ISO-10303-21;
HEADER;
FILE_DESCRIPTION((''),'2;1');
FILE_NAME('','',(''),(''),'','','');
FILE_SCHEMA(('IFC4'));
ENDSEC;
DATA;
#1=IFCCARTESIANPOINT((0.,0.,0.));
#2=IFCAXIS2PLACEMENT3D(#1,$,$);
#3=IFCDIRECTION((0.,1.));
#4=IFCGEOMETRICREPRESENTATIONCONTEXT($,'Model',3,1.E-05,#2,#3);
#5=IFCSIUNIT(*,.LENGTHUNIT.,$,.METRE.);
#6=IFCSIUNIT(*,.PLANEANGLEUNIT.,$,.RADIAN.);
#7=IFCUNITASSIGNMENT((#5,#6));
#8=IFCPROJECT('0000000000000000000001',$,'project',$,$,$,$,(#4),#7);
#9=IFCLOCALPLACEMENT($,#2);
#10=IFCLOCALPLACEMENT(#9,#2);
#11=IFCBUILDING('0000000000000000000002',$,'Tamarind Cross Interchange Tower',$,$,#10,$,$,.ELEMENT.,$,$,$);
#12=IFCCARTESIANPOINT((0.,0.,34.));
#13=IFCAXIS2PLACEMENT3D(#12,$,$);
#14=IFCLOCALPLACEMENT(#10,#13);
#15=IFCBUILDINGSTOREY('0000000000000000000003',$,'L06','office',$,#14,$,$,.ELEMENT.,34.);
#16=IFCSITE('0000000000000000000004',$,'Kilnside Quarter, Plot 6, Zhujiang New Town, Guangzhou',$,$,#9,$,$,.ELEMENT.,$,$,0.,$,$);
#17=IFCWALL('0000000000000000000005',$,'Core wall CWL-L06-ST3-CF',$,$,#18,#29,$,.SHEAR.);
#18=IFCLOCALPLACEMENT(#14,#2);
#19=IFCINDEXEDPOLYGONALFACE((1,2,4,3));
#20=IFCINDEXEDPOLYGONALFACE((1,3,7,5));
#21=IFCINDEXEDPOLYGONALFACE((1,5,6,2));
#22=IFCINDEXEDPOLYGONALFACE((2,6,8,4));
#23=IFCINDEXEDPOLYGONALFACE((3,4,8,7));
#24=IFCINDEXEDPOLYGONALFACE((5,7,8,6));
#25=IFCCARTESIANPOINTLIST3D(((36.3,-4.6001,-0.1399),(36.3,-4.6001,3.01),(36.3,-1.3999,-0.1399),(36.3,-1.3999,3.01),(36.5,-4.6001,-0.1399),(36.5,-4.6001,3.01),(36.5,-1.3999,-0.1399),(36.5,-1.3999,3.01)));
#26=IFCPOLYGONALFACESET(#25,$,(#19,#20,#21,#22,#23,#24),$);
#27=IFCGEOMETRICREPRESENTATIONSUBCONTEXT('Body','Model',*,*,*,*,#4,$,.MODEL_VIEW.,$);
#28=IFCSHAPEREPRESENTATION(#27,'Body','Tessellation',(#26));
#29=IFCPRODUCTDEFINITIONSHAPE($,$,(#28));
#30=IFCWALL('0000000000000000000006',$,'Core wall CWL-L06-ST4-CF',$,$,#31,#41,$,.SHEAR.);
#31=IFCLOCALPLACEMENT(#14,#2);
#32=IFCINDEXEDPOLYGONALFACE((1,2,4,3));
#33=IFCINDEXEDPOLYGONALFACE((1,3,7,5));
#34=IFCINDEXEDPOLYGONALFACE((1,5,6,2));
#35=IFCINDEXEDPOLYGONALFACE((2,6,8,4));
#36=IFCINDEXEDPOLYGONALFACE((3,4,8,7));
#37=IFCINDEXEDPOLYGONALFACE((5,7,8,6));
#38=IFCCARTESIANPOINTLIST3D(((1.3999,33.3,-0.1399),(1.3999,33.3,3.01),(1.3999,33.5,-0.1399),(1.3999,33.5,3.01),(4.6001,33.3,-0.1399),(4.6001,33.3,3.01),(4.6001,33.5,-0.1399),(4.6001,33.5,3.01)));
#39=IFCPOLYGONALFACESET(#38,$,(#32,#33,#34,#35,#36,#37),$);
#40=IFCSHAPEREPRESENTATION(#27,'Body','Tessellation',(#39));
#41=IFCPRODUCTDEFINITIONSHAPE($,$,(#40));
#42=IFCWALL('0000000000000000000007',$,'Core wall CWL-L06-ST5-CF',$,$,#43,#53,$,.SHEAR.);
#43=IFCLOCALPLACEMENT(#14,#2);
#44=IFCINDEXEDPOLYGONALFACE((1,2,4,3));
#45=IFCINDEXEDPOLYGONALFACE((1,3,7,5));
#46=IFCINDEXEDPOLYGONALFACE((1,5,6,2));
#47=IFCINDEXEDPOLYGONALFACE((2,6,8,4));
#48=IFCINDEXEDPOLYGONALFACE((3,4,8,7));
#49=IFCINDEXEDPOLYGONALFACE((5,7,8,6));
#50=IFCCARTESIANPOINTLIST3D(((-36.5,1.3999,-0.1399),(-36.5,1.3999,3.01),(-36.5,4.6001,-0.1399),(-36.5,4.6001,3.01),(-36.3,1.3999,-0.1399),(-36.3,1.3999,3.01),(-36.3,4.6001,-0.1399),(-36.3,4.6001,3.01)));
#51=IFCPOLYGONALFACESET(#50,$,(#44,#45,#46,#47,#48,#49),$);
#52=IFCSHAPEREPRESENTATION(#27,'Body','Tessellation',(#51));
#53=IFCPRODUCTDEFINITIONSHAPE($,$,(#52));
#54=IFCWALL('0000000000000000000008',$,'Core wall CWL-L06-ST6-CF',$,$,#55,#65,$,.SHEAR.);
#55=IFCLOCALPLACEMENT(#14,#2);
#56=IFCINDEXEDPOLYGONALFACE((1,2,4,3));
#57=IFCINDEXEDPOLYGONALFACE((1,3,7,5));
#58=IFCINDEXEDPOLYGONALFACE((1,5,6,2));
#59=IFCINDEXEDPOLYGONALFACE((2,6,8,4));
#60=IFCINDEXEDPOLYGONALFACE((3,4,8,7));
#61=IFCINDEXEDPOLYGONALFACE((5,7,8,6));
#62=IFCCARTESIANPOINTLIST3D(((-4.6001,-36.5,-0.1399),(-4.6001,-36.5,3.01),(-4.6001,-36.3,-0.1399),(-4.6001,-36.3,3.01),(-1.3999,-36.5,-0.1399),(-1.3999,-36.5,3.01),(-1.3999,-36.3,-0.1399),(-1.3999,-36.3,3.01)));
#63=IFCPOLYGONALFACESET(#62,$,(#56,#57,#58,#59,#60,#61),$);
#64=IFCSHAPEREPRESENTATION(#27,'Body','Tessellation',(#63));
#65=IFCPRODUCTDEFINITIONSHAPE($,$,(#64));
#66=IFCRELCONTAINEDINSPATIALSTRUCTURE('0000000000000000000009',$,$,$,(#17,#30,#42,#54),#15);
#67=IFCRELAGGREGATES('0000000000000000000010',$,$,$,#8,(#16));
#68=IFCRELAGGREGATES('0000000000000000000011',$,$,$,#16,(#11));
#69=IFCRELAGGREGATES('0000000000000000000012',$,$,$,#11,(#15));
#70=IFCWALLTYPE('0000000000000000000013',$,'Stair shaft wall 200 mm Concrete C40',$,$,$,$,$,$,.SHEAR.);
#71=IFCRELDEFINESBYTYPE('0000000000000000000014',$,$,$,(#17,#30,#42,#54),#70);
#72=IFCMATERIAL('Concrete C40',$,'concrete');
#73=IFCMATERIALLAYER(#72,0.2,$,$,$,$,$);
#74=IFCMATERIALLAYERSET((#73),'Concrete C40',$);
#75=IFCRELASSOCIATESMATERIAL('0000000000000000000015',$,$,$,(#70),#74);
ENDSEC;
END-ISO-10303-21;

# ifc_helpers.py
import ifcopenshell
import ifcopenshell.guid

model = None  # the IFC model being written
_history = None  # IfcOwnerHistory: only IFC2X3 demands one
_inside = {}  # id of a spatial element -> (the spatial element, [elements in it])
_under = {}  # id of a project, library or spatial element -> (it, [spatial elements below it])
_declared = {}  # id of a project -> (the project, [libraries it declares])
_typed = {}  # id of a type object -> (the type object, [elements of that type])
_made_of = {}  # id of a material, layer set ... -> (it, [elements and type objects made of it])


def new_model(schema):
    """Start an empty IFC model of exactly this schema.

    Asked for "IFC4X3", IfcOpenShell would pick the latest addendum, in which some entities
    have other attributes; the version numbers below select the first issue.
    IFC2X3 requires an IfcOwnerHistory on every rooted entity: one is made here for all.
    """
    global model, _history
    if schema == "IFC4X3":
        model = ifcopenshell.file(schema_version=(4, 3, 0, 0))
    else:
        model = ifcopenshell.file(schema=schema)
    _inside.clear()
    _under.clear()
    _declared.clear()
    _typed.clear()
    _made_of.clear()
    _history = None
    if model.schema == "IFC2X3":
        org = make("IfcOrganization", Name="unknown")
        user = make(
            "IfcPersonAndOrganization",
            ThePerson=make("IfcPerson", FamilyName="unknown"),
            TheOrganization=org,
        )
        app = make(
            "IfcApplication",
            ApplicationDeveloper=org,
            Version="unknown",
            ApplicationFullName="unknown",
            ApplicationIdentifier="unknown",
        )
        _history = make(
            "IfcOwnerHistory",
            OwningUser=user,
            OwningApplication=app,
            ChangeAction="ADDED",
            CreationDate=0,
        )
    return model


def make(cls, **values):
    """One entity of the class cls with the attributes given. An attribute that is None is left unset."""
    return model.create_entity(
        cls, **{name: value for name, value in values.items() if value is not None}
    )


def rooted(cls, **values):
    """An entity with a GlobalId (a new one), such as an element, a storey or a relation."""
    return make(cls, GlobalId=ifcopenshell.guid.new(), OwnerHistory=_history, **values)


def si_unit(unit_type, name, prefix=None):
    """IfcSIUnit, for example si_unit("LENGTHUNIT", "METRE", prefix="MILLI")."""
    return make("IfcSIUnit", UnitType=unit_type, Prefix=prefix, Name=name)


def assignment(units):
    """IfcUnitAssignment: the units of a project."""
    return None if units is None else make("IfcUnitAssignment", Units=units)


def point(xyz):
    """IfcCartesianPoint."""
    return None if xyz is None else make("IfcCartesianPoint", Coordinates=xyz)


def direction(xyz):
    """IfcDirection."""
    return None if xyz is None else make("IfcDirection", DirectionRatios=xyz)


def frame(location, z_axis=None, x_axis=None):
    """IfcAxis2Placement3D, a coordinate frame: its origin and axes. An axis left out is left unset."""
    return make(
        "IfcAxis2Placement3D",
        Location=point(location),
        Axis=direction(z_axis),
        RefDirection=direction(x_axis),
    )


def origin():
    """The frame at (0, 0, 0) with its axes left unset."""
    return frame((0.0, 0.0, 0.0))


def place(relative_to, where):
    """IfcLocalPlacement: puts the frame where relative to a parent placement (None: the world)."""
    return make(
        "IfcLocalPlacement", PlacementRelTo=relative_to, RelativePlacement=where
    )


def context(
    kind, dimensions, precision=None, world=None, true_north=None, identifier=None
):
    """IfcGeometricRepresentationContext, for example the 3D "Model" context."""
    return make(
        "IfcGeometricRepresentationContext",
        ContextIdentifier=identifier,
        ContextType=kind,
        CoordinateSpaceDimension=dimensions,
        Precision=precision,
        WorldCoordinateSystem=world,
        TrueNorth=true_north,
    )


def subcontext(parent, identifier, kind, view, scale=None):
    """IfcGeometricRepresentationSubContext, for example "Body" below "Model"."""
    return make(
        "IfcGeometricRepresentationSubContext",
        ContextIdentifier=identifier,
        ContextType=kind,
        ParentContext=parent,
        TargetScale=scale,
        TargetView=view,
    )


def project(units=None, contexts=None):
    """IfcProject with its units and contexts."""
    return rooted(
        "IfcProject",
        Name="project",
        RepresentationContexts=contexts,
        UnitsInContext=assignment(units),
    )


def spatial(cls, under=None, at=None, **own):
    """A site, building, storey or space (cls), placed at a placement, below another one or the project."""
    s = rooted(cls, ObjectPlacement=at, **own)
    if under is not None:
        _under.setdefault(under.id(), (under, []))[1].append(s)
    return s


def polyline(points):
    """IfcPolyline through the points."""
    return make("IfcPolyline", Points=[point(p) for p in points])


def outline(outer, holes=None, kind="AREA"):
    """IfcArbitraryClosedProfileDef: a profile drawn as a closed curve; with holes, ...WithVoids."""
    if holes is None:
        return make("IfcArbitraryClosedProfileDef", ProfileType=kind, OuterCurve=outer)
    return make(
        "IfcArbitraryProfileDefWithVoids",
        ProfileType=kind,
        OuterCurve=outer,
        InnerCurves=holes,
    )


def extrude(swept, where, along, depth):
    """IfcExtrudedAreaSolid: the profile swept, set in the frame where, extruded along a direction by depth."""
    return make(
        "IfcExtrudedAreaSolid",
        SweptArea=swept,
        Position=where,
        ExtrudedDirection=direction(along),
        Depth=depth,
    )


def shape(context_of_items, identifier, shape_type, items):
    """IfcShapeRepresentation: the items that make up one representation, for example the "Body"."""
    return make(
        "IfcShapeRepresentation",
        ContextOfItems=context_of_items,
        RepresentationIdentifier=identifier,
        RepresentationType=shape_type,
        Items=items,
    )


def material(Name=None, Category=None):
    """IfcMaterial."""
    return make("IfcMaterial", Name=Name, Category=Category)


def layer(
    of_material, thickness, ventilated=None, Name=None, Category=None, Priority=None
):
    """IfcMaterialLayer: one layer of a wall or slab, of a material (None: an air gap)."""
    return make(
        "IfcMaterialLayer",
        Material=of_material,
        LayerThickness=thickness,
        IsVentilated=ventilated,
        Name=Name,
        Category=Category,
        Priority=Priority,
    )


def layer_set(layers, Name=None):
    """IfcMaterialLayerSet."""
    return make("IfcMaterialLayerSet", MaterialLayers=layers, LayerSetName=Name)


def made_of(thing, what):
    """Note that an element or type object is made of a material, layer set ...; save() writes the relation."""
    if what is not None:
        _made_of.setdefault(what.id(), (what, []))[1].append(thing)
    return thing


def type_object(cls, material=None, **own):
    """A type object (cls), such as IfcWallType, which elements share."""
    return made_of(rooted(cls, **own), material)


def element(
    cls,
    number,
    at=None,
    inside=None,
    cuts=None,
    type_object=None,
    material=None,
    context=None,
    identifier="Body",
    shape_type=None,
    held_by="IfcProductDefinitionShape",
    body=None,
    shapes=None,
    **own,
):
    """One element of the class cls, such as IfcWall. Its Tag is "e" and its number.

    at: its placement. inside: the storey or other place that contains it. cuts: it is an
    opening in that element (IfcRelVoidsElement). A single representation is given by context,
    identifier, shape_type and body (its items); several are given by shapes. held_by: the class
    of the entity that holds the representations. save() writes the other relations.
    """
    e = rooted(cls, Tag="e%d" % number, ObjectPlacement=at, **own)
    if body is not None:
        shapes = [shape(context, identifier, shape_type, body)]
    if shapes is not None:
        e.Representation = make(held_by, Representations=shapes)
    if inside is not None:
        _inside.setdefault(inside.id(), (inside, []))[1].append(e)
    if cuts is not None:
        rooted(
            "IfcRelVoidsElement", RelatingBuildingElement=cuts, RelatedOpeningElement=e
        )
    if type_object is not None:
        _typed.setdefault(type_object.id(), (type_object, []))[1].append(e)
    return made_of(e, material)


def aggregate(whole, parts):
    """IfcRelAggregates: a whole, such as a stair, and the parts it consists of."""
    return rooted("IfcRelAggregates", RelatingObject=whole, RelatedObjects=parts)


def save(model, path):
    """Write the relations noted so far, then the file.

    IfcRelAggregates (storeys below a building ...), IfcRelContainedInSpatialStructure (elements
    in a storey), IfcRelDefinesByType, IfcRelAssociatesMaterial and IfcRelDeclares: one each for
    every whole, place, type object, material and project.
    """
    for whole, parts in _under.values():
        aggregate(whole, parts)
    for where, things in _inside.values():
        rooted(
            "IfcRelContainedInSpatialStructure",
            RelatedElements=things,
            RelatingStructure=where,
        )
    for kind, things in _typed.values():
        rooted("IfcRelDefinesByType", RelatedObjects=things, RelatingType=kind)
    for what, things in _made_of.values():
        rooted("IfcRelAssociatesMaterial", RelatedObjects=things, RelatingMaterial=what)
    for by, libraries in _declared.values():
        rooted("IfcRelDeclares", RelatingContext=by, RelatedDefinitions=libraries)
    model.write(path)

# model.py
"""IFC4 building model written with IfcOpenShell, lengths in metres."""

from ifc_helpers import new_model, si_unit, direction, frame, origin, place, context, subcontext, project, spatial, polyline, outline, extrude, material, layer, layer_set, type_object, element, save


model = new_model("IFC4")

# Units and contexts
model_context = context("Model", 3, precision=1e-05, world=origin(), true_north=direction((0.0, 1.0)))
body_context = subcontext(model_context, "Body", "Model", "MODEL_VIEW")
ifc_project = project(units=[si_unit("LENGTHUNIT", "METRE"), si_unit("PLANEANGLEUNIT", "RADIAN")], contexts=[model_context])

# Site, building, storey
site_placement = place(None, origin())
site = spatial("IfcSite", under=ifc_project, at=site_placement, Name="Kilnside Quarter, Plot 6, Zhujiang New Town, Guangzhou", CompositionType="ELEMENT", RefElevation=0.0)
building_placement = place(site_placement, origin())
building = spatial("IfcBuilding", under=site, at=building_placement, Name="Tamarind Cross Interchange Tower", CompositionType="ELEMENT")
storey_placement = place(building_placement, frame((0.0, 0.0, 34.0)))
storey = spatial("IfcBuildingStorey", under=building, at=storey_placement, Name="L06", Description="office", CompositionType="ELEMENT", Elevation=34.0)

# Shared definitions
ifc_material_1 = material(Name="Concrete C40", Category="concrete")

# Walls
ifc_layer_1 = layer(ifc_material_1, 0.2)
ifc_layer_set_1 = layer_set([ifc_layer_1], Name="Concrete C40")
wall_type_1 = type_object("IfcWallType", Name="Stair shaft wall 200 mm Concrete C40", PredefinedType="SHEAR", material=ifc_layer_set_1)
wall_1_placement = place(storey_placement, frame((0.0, 0.0, -0.1399)))
element("IfcWall", 1, at=wall_1_placement, inside=storey, type_object=wall_type_1, Name="Core wall CWL-L06-ST3-CF", PredefinedType="SHEAR", context=body_context, shape_type="SweptSolid", body=[
    extrude(outline(polyline([(36.3, -4.6001), (36.5, -4.6001), (36.5, -1.3999), (36.3, -1.3999), (36.3, -4.6001)])), origin(), (0.0, 0.0, 1.0), 3.1499),
])
wall_2_placement = place(storey_placement, frame((0.0, 0.0, -0.1399)))
element("IfcWall", 2, at=wall_2_placement, inside=storey, type_object=wall_type_1, Name="Core wall CWL-L06-ST4-CF", PredefinedType="SHEAR", context=body_context, shape_type="SweptSolid", body=[
    extrude(outline(polyline([(4.6001, 33.3), (4.6001, 33.5), (1.3999, 33.5), (1.3999, 33.3), (4.6001, 33.3)])), origin(), (0.0, 0.0, 1.0), 3.1499),
])
wall_3_placement = place(storey_placement, frame((0.0, 0.0, -0.1399)))
element("IfcWall", 3, at=wall_3_placement, inside=storey, type_object=wall_type_1, Name="Core wall CWL-L06-ST5-CF", PredefinedType="SHEAR", context=body_context, shape_type="SweptSolid", body=[
    extrude(outline(polyline([(-36.3, 4.6001), (-36.5, 4.6001), (-36.5, 1.3999), (-36.3, 1.3999), (-36.3, 4.6001)])), origin(), (0.0, 0.0, 1.0), 3.1499),
])
wall_4_placement = place(storey_placement, frame((0.0, 0.0, -0.1399)))
element("IfcWall", 4, at=wall_4_placement, inside=storey, type_object=wall_type_1, Name="Core wall CWL-L06-ST6-CF", PredefinedType="SHEAR", context=body_context, shape_type="SweptSolid", body=[
    extrude(outline(polyline([(-4.6001, -36.3), (-4.6001, -36.5), (-1.3999, -36.5), (-1.3999, -36.3), (-4.6001, -36.3)])), origin(), (0.0, 0.0, 1.0), 3.1499),
])

save(model, "model.ifc")
